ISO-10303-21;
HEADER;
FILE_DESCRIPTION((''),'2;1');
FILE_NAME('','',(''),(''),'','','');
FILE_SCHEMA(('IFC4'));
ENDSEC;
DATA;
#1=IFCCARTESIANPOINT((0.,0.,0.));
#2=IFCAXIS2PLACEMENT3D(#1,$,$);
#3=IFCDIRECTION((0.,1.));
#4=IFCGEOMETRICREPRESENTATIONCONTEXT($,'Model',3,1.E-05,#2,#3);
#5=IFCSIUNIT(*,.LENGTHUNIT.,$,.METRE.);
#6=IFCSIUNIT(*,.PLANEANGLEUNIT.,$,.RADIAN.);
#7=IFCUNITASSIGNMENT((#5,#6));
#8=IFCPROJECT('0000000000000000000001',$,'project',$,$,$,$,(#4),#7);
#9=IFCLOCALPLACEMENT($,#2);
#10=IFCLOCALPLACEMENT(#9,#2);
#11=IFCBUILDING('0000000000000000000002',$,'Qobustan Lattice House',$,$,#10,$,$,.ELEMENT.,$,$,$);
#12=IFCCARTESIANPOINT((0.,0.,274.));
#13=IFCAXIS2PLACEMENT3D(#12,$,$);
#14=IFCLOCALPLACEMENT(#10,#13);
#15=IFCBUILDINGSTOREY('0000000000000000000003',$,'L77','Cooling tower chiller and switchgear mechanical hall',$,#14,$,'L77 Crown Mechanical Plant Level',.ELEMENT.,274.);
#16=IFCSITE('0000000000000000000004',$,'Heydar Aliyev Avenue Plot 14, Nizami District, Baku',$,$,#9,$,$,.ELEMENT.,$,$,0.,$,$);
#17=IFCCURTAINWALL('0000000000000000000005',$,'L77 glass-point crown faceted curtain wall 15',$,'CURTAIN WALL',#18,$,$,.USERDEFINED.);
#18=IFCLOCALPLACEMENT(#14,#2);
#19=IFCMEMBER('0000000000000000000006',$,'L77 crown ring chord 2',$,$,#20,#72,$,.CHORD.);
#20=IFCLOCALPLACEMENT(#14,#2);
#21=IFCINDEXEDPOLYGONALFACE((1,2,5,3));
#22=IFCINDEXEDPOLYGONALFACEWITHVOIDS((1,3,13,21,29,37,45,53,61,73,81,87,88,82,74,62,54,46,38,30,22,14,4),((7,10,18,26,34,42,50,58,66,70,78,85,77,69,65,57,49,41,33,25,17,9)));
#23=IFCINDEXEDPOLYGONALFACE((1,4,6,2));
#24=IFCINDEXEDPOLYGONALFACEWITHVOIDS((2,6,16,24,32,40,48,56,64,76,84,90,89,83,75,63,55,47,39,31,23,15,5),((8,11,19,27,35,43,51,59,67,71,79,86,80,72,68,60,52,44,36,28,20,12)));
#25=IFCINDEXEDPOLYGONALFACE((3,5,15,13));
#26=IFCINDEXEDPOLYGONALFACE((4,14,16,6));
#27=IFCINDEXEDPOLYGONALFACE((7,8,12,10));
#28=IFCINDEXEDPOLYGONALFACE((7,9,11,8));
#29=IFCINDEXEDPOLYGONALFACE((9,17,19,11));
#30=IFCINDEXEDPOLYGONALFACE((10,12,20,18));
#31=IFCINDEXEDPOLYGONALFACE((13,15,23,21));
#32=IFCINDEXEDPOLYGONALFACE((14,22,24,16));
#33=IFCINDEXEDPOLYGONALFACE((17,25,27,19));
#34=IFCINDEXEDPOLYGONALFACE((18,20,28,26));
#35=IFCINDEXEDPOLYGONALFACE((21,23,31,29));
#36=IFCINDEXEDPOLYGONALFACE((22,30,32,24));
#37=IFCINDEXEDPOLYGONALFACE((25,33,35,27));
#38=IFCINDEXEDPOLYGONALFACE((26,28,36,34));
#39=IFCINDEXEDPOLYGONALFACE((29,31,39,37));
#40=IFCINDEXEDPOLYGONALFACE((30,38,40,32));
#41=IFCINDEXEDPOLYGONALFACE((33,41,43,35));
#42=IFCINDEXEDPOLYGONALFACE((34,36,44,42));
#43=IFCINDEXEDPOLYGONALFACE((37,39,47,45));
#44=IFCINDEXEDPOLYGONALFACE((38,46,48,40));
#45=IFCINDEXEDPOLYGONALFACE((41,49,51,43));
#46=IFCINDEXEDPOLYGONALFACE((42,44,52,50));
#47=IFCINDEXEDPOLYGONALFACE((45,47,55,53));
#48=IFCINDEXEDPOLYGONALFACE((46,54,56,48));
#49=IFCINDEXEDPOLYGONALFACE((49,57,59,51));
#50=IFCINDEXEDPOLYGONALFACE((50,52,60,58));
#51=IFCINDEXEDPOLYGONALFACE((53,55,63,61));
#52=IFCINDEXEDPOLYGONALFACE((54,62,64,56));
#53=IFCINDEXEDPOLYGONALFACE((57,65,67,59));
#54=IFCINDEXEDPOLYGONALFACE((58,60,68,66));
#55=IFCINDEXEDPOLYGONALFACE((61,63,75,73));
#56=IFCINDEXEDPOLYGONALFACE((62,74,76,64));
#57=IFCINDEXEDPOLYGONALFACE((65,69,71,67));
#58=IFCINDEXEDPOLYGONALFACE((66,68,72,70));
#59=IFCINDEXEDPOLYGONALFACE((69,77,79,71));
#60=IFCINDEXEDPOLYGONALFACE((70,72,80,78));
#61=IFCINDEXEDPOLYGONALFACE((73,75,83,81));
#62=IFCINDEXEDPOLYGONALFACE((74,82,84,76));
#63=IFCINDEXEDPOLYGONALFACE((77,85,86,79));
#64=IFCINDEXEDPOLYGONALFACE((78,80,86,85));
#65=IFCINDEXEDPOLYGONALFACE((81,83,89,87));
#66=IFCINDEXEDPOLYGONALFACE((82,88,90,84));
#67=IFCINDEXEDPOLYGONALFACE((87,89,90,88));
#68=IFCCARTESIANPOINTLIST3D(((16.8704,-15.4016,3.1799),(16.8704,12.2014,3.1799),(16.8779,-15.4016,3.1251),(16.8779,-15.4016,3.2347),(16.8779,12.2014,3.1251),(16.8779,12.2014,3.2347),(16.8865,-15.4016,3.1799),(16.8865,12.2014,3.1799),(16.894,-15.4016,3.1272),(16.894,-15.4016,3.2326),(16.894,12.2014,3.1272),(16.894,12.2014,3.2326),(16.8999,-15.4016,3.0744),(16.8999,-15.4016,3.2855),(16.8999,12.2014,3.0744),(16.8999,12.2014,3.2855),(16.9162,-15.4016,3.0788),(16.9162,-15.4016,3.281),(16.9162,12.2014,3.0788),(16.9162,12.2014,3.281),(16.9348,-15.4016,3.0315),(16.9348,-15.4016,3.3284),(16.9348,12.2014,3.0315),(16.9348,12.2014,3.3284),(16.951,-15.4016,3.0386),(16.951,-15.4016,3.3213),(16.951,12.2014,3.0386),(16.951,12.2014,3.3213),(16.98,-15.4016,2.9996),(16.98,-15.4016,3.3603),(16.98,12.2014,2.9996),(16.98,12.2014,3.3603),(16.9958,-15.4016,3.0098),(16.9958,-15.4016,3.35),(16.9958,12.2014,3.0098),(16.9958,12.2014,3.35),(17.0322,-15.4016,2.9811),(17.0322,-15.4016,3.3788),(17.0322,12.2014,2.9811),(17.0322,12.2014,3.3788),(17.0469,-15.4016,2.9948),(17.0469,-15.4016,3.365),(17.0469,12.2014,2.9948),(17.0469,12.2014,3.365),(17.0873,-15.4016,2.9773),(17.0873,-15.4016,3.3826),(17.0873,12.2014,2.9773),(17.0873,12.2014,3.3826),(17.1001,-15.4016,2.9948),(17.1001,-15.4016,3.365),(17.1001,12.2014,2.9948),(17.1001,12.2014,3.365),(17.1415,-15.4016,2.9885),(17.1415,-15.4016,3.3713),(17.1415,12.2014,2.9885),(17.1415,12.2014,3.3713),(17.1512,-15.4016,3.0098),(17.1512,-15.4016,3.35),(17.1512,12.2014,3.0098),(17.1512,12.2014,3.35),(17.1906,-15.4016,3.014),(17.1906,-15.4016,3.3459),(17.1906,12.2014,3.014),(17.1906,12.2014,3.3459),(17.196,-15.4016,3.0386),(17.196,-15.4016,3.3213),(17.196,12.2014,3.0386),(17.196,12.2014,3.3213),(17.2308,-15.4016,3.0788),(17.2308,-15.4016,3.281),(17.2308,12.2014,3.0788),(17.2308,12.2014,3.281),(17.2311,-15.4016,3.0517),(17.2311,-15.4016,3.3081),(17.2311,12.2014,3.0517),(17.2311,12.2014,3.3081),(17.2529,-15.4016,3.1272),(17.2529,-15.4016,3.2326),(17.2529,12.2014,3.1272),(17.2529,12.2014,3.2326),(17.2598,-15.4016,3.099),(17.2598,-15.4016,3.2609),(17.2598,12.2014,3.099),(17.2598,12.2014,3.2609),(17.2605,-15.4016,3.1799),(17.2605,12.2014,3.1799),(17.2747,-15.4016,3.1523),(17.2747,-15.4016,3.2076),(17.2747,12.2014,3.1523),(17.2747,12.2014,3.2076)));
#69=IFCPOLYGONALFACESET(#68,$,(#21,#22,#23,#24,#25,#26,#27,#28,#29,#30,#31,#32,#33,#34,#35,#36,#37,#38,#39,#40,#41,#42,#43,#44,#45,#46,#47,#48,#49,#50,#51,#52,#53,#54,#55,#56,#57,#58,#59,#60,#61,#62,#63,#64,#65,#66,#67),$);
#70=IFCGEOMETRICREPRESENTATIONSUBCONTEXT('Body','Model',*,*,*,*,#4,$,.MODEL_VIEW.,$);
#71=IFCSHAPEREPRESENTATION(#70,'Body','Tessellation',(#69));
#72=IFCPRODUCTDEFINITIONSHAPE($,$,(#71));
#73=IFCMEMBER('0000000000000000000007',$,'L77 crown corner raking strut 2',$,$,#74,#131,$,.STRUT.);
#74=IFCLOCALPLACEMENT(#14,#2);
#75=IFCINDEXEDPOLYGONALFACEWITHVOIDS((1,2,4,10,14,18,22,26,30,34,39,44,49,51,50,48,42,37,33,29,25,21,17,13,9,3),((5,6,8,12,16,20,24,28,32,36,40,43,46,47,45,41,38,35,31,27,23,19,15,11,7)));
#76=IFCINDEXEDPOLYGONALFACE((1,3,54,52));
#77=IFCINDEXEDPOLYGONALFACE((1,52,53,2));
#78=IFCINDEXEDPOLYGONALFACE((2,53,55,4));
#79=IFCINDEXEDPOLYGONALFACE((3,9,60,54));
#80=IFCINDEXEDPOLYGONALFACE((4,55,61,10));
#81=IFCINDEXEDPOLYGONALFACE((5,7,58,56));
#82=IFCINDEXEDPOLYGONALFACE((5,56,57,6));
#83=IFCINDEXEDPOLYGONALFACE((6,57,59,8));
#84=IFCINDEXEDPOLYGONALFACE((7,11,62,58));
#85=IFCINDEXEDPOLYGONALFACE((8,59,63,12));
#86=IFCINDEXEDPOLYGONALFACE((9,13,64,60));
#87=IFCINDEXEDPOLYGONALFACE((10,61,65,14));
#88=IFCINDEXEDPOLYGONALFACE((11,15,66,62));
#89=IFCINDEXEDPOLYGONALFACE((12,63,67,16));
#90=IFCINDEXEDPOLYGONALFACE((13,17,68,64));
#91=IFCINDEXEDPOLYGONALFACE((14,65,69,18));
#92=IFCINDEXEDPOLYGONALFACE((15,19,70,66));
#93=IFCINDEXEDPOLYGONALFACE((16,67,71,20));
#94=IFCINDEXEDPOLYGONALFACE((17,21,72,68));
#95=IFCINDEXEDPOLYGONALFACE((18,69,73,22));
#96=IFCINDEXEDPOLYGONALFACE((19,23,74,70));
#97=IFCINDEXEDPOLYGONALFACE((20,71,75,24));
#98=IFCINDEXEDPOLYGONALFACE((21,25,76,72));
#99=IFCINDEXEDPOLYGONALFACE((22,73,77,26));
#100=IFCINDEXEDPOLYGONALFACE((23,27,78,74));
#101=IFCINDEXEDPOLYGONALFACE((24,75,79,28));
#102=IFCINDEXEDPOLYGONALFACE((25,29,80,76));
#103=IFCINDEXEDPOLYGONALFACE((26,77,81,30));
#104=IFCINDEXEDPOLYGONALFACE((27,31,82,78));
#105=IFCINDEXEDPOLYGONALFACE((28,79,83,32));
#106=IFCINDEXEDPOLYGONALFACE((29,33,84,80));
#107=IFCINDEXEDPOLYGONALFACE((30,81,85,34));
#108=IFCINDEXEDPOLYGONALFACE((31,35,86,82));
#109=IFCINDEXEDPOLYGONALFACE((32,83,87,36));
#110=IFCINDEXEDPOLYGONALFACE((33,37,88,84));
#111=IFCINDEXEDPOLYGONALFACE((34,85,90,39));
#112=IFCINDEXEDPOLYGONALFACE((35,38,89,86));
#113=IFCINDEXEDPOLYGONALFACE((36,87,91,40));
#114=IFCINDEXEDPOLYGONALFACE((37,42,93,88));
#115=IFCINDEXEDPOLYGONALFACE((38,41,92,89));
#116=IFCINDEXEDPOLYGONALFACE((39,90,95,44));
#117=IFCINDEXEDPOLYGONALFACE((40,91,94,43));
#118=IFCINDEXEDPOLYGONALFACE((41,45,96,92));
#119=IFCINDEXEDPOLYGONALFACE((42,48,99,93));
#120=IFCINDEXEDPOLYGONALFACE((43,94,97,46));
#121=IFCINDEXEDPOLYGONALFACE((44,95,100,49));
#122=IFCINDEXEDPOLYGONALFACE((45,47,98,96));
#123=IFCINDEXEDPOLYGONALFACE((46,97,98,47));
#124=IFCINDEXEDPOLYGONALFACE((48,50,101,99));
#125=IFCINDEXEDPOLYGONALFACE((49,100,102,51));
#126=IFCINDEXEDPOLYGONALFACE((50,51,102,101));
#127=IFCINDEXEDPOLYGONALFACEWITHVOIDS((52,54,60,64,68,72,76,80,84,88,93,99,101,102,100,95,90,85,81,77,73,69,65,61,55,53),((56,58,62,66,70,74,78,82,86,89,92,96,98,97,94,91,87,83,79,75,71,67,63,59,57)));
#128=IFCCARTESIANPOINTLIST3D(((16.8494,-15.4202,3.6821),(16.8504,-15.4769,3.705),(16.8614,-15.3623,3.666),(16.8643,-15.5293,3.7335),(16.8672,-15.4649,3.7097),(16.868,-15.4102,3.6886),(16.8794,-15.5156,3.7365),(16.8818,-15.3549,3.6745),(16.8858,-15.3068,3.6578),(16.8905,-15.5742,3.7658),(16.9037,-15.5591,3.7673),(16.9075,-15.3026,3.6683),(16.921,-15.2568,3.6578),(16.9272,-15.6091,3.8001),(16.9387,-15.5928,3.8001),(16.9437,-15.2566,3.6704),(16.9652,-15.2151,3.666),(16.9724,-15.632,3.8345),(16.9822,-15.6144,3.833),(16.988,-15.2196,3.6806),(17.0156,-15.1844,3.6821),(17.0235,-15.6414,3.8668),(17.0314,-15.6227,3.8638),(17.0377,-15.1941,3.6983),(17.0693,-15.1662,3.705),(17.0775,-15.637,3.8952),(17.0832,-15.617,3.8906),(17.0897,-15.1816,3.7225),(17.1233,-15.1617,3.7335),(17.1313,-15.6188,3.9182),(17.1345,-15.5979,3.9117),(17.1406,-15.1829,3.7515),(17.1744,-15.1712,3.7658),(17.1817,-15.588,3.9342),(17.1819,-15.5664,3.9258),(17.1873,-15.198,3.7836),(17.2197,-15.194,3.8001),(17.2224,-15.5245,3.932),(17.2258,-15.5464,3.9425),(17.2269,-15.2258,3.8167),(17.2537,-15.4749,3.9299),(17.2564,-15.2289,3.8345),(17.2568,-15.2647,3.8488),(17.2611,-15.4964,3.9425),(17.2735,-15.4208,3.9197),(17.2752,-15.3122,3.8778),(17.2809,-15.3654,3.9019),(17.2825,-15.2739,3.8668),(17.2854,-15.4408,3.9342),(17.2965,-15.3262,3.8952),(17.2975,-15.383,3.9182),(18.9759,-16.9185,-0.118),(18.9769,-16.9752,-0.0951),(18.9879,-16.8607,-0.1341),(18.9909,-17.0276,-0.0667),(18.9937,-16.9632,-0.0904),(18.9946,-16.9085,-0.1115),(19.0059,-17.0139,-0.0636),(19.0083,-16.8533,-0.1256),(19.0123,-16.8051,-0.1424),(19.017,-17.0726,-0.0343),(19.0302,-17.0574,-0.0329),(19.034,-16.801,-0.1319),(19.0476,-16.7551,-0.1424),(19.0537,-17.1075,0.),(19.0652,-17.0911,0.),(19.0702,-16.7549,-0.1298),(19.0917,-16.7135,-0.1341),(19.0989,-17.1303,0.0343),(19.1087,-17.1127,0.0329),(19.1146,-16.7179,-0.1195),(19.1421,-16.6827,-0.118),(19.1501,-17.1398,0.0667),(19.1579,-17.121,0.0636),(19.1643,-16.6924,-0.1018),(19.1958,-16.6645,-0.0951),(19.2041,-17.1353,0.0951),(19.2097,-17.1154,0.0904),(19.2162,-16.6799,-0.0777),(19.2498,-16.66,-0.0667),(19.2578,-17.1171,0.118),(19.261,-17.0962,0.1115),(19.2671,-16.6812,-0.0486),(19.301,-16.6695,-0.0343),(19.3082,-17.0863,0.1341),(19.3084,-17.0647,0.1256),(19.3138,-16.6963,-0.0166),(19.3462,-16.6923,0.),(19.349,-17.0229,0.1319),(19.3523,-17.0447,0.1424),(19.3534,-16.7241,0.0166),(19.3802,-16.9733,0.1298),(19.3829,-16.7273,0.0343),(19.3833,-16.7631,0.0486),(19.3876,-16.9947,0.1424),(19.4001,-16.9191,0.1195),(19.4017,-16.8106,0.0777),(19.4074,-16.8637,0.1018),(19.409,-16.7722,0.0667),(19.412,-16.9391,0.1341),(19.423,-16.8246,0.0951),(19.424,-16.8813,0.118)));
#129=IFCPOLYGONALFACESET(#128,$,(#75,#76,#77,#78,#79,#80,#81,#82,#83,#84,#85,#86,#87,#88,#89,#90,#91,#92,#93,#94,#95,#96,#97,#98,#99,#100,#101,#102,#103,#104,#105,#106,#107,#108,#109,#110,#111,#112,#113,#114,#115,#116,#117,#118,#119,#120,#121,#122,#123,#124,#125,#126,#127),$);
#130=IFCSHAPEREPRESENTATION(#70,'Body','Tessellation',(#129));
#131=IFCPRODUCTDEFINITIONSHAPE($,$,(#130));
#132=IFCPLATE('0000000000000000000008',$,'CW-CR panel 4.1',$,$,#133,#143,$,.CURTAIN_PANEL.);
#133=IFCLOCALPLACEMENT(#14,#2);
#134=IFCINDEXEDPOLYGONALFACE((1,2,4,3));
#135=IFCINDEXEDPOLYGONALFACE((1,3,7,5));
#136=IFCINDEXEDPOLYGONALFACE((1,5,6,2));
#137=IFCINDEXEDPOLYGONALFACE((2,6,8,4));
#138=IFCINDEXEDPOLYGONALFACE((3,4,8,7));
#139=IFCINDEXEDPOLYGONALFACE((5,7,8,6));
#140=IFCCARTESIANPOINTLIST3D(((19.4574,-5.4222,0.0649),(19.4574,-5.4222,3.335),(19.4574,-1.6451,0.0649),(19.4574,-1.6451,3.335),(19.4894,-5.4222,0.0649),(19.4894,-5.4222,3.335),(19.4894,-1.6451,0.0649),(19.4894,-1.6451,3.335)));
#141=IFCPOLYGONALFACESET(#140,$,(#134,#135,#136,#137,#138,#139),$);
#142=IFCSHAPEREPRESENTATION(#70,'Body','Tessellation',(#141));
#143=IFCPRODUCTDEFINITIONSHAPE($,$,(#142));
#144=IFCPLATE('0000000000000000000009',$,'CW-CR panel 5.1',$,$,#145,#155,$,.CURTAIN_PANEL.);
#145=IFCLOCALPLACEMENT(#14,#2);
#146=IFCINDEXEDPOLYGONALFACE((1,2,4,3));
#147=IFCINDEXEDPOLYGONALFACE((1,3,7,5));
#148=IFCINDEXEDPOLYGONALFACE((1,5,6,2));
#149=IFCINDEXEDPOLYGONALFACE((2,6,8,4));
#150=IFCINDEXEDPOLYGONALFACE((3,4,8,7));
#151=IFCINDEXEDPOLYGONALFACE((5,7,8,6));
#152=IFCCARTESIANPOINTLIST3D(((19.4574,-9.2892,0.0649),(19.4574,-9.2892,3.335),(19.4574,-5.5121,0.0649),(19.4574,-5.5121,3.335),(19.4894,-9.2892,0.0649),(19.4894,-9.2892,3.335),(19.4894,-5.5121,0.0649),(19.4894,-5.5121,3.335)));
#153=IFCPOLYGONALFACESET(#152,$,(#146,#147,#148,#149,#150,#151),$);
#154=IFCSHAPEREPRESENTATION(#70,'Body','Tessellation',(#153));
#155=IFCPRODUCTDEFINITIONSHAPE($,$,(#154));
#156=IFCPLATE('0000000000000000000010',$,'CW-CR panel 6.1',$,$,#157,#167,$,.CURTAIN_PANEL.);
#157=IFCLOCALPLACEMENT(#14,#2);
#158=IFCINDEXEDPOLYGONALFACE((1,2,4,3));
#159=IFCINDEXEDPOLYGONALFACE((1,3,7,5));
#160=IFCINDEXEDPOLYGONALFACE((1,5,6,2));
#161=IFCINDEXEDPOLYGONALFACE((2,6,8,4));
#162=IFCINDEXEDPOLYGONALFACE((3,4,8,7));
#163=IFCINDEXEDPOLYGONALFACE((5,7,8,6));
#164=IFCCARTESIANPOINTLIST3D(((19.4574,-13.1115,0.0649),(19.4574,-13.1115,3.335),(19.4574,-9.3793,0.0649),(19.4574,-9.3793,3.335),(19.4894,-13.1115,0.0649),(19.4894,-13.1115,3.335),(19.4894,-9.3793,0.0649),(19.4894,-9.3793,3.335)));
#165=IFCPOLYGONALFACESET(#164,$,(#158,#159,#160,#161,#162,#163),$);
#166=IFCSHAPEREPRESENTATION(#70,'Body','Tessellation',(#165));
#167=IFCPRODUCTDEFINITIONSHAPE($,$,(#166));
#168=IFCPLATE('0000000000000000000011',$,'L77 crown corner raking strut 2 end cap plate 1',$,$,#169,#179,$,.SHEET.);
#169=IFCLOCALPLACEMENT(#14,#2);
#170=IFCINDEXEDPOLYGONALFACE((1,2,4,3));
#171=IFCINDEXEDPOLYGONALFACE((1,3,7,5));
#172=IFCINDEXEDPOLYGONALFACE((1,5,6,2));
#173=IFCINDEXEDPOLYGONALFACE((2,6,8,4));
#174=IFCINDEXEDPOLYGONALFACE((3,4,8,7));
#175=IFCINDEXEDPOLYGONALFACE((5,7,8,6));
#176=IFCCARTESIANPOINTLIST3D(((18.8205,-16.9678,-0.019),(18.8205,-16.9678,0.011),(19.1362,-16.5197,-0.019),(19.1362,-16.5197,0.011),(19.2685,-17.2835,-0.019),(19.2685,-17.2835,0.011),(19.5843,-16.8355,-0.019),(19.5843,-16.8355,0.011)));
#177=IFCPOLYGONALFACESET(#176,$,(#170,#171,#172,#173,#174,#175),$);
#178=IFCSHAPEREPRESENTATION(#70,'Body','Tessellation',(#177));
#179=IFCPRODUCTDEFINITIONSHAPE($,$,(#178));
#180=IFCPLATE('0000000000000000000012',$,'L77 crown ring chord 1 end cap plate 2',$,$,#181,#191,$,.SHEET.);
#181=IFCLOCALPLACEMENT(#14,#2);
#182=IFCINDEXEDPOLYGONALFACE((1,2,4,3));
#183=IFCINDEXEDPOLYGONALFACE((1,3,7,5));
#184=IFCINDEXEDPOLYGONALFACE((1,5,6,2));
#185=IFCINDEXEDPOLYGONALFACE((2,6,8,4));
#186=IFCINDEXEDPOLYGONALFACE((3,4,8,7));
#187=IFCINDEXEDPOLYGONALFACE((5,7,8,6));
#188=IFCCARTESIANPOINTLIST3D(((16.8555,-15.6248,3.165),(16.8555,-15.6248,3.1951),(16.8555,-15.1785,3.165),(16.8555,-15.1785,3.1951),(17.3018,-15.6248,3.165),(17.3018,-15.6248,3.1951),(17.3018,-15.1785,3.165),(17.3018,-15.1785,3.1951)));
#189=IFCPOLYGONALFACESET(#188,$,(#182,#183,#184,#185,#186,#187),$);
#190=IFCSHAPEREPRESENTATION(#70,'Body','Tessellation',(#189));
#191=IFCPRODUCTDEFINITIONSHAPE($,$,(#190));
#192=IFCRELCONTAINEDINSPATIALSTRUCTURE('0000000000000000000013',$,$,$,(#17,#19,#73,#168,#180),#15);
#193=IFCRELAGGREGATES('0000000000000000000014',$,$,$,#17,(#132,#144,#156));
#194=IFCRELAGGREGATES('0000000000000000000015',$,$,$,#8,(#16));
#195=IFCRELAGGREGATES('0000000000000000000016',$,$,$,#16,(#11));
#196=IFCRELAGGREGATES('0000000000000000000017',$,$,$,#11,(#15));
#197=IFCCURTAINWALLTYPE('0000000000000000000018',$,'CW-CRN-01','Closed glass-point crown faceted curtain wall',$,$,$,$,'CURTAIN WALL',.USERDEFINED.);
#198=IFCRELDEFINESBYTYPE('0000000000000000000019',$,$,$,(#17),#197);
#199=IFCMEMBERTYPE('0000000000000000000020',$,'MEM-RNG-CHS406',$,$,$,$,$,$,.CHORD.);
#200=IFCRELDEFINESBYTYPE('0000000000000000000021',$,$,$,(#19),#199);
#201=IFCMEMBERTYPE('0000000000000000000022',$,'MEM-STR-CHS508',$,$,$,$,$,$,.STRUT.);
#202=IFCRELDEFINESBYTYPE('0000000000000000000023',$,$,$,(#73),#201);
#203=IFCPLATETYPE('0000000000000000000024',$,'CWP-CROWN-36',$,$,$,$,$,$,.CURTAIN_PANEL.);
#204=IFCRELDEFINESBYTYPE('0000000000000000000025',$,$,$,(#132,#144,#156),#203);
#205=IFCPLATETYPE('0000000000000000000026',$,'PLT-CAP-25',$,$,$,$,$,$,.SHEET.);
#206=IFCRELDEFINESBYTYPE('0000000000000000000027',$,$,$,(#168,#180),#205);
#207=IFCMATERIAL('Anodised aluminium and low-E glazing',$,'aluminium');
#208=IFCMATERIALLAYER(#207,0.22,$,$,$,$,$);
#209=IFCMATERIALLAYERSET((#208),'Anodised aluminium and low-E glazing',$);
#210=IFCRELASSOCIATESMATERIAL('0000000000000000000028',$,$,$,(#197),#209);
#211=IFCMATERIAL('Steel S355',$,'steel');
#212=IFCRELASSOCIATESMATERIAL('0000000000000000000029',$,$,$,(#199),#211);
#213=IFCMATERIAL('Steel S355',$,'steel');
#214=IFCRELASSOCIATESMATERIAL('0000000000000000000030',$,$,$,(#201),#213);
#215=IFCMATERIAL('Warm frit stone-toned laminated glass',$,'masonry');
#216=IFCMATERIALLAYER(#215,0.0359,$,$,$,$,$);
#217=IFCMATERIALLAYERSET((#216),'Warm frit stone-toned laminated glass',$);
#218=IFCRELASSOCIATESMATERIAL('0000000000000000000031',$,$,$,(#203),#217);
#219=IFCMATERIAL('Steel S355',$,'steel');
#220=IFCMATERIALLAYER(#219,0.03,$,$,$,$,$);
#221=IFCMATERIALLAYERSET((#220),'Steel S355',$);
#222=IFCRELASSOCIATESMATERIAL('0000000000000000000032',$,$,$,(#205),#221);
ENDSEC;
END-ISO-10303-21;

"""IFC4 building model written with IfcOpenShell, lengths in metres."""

from ifc_helpers import new_model, si_unit, direction, frame, origin, origin_2d, place, context, subcontext, project, spatial, rectangle, hollow_circle, extrude, material, layer, layer_set, material_profile, profile_set, type_object, element, aggregate, save


model = new_model("IFC4")

# Units and contexts
model_context = context("Model", 3, precision=1e-05, world=origin(), true_north=direction((0.0, 1.0)))
body_context = subcontext(model_context, "Body", "Model", "MODEL_VIEW")
ifc_project = project(units=[si_unit("LENGTHUNIT", "METRE"), si_unit("PLANEANGLEUNIT", "RADIAN")], contexts=[model_context])

# Site, building, storey
site_placement = place(None, origin())
site = spatial("IfcSite", under=ifc_project, at=site_placement, Name="Heydar Aliyev Avenue Plot 14, Nizami District, Baku", CompositionType="ELEMENT", RefElevation=0.0)
building_placement = place(site_placement, origin())
building = spatial("IfcBuilding", under=site, at=building_placement, Name="Qobustan Lattice House", CompositionType="ELEMENT")
storey_placement = place(building_placement, frame((0.0, 0.0, 274.0)))
storey = spatial("IfcBuildingStorey", under=building, at=storey_placement, Name="L77", Description="Cooling tower chiller and switchgear mechanical hall", LongName="L77 Crown Mechanical Plant Level", CompositionType="ELEMENT", Elevation=274.0)

# Curtain wall
ifc_material_1 = material(Name="Anodised aluminium and low-E glazing", Category="aluminium")
ifc_layer_1 = layer(ifc_material_1, 0.22)
ifc_layer_set_1 = layer_set([ifc_layer_1], Name="Anodised aluminium and low-E glazing")
curtain_wall_type = type_object("IfcCurtainWallType", Name="CW-CRN-01", Description="Closed glass-point crown faceted curtain wall", ElementType="CURTAIN WALL", PredefinedType="USERDEFINED", material=ifc_layer_set_1)
curtain_wall_1_placement = place(storey_placement, origin())
curtain_wall_1 = element("IfcCurtainWall", 1, at=curtain_wall_1_placement, inside=storey, type_object=curtain_wall_type, Name="L77 glass-point crown faceted curtain wall 15", ObjectType="CURTAIN WALL", PredefinedType="USERDEFINED")

# Members
ifc_material_2 = material(Name="Steel S355", Category="steel")
ifc_material_profile_1 = material_profile(ifc_material_2, hollow_circle(Radius=0.2031, WallThickness=0.0161, at=origin_2d()), Name="CHS406.4x16")
ifc_profile_set_1 = profile_set([ifc_material_profile_1], Name="Steel S355")
member_type_1 = type_object("IfcMemberType", Name="MEM-RNG-CHS406", PredefinedType="CHORD", material=ifc_profile_set_1)
member_1_placement = place(storey_placement, frame((17.0735, -15.4016, 3.1799), z_axis=(0.0, 1.0, 0.0), x_axis=(-1.0, 0.0, 0.0)))
element("IfcMember", 2, at=member_1_placement, inside=storey, type_object=member_type_1, Name="L77 crown ring chord 2", PredefinedType="CHORD", context=body_context, shape_type="SweptSolid", body=[
    extrude(hollow_circle(Radius=0.2031, WallThickness=0.0161, at=origin_2d()), origin(), (0.0, 0.0, 1.0), 27.603),
])
ifc_material_3 = material(Name="Steel S355", Category="steel")
ifc_material_profile_2 = material_profile(ifc_material_3, hollow_circle(Radius=0.2539, WallThickness=0.02, at=origin_2d()), Name="CHS508x20")
ifc_profile_set_2 = profile_set([ifc_material_profile_2], Name="Steel S355")
member_type_2 = type_object("IfcMemberType", Name="MEM-STR-CHS508", PredefinedType="STRUT", material=ifc_profile_set_2)
member_2_placement = place(storey_placement, frame((19.2, -16.8999, 0.0), z_axis=(-0.461761, 0.325354, 0.82518), x_axis=(-0.575979, -0.817464, 0.0)))
element("IfcMember", 3, at=member_2_placement, inside=storey, type_object=member_type_2, Name="L77 crown corner raking strut 2", PredefinedType="STRUT", context=body_context, shape_type="SweptSolid", body=[
    extrude(hollow_circle(Radius=0.2539, WallThickness=0.02, at=origin_2d()), origin(), (0.0, 0.0, 1.0), 4.6052),
])

# Plates
ifc_material_4 = material(Name="Warm frit stone-toned laminated glass", Category="masonry")
ifc_layer_2 = layer(ifc_material_4, 0.0359)
ifc_layer_set_2 = layer_set([ifc_layer_2], Name="Warm frit stone-toned laminated glass")
plate_type_1 = type_object("IfcPlateType", Name="CWP-CROWN-36", PredefinedType="CURTAIN_PANEL", material=ifc_layer_set_2)
plate_1_placement = place(storey_placement, frame((19.4734, -3.5337, 0.0649), z_axis=(0.0, 0.0, 1.0), x_axis=(0.0, -1.0, 0.0)))
plate_1 = element("IfcPlate", 4, at=plate_1_placement, type_object=plate_type_1, Name="CW-CR panel 4.1", PredefinedType="CURTAIN_PANEL", context=body_context, shape_type="SweptSolid", body=[
    extrude(rectangle(XDim=3.7771, YDim=0.032, at=origin_2d()), origin(), (0.0, 0.0, 1.0), 3.27),
])
plate_2_placement = place(storey_placement, frame((19.4734, -7.4006, 0.0649), z_axis=(0.0, 0.0, 1.0), x_axis=(0.0, -1.0, 0.0)))
plate_2 = element("IfcPlate", 5, at=plate_2_placement, type_object=plate_type_1, Name="CW-CR panel 5.1", PredefinedType="CURTAIN_PANEL", context=body_context, shape_type="SweptSolid", body=[
    extrude(rectangle(XDim=3.7771, YDim=0.032, at=origin_2d()), origin(), (0.0, 0.0, 1.0), 3.27),
])
plate_3_placement = place(storey_placement, frame((19.4734, -11.2454, 0.0649), z_axis=(0.0, 0.0, 1.0), x_axis=(0.0, -1.0, 0.0)))
plate_3 = element("IfcPlate", 6, at=plate_3_placement, type_object=plate_type_1, Name="CW-CR panel 6.1", PredefinedType="CURTAIN_PANEL", context=body_context, shape_type="SweptSolid", body=[
    extrude(rectangle(XDim=3.7322, YDim=0.032, at=origin_2d()), origin(), (0.0, 0.0, 1.0), 3.27),
])
aggregate(curtain_wall_1, [plate_1, plate_2, plate_3])

# Plates
ifc_material_5 = material(Name="Steel S355", Category="steel")
ifc_layer_3 = layer(ifc_material_5, 0.03)
ifc_layer_set_3 = layer_set([ifc_layer_3], Name="Steel S355")
plate_type_2 = type_object("IfcPlateType", Name="PLT-CAP-25", PredefinedType="SHEET", material=ifc_layer_set_3)
plate_4_placement = place(storey_placement, frame((19.2024, -16.9016, -0.019), z_axis=(0.0, 0.0, 1.0), x_axis=(-0.817426, 0.576033, 0.0)))
element("IfcPlate", 7, at=plate_4_placement, inside=storey, type_object=plate_type_2, Name="L77 crown corner raking strut 2 end cap plate 1", PredefinedType="SHEET", context=body_context, shape_type="SweptSolid", body=[
    extrude(rectangle(XDim=0.5481, YDim=0.5481, at=origin_2d()), origin(), (0.0, 0.0, 1.0), 0.03),
])
plate_5_placement = place(storey_placement, frame((17.0786, -15.4016, 3.165), z_axis=(0.0, 0.0, 1.0), x_axis=(1.0, 0.0, 0.0)))
element("IfcPlate", 8, at=plate_5_placement, inside=storey, type_object=plate_type_2, Name="L77 crown ring chord 1 end cap plate 2", PredefinedType="SHEET", context=body_context, shape_type="SweptSolid", body=[
    extrude(rectangle(XDim=0.4463, YDim=0.4463, at=origin_2d()), origin(), (0.0, 0.0, 1.0), 0.03),
])

save(model, "model.ifc")
